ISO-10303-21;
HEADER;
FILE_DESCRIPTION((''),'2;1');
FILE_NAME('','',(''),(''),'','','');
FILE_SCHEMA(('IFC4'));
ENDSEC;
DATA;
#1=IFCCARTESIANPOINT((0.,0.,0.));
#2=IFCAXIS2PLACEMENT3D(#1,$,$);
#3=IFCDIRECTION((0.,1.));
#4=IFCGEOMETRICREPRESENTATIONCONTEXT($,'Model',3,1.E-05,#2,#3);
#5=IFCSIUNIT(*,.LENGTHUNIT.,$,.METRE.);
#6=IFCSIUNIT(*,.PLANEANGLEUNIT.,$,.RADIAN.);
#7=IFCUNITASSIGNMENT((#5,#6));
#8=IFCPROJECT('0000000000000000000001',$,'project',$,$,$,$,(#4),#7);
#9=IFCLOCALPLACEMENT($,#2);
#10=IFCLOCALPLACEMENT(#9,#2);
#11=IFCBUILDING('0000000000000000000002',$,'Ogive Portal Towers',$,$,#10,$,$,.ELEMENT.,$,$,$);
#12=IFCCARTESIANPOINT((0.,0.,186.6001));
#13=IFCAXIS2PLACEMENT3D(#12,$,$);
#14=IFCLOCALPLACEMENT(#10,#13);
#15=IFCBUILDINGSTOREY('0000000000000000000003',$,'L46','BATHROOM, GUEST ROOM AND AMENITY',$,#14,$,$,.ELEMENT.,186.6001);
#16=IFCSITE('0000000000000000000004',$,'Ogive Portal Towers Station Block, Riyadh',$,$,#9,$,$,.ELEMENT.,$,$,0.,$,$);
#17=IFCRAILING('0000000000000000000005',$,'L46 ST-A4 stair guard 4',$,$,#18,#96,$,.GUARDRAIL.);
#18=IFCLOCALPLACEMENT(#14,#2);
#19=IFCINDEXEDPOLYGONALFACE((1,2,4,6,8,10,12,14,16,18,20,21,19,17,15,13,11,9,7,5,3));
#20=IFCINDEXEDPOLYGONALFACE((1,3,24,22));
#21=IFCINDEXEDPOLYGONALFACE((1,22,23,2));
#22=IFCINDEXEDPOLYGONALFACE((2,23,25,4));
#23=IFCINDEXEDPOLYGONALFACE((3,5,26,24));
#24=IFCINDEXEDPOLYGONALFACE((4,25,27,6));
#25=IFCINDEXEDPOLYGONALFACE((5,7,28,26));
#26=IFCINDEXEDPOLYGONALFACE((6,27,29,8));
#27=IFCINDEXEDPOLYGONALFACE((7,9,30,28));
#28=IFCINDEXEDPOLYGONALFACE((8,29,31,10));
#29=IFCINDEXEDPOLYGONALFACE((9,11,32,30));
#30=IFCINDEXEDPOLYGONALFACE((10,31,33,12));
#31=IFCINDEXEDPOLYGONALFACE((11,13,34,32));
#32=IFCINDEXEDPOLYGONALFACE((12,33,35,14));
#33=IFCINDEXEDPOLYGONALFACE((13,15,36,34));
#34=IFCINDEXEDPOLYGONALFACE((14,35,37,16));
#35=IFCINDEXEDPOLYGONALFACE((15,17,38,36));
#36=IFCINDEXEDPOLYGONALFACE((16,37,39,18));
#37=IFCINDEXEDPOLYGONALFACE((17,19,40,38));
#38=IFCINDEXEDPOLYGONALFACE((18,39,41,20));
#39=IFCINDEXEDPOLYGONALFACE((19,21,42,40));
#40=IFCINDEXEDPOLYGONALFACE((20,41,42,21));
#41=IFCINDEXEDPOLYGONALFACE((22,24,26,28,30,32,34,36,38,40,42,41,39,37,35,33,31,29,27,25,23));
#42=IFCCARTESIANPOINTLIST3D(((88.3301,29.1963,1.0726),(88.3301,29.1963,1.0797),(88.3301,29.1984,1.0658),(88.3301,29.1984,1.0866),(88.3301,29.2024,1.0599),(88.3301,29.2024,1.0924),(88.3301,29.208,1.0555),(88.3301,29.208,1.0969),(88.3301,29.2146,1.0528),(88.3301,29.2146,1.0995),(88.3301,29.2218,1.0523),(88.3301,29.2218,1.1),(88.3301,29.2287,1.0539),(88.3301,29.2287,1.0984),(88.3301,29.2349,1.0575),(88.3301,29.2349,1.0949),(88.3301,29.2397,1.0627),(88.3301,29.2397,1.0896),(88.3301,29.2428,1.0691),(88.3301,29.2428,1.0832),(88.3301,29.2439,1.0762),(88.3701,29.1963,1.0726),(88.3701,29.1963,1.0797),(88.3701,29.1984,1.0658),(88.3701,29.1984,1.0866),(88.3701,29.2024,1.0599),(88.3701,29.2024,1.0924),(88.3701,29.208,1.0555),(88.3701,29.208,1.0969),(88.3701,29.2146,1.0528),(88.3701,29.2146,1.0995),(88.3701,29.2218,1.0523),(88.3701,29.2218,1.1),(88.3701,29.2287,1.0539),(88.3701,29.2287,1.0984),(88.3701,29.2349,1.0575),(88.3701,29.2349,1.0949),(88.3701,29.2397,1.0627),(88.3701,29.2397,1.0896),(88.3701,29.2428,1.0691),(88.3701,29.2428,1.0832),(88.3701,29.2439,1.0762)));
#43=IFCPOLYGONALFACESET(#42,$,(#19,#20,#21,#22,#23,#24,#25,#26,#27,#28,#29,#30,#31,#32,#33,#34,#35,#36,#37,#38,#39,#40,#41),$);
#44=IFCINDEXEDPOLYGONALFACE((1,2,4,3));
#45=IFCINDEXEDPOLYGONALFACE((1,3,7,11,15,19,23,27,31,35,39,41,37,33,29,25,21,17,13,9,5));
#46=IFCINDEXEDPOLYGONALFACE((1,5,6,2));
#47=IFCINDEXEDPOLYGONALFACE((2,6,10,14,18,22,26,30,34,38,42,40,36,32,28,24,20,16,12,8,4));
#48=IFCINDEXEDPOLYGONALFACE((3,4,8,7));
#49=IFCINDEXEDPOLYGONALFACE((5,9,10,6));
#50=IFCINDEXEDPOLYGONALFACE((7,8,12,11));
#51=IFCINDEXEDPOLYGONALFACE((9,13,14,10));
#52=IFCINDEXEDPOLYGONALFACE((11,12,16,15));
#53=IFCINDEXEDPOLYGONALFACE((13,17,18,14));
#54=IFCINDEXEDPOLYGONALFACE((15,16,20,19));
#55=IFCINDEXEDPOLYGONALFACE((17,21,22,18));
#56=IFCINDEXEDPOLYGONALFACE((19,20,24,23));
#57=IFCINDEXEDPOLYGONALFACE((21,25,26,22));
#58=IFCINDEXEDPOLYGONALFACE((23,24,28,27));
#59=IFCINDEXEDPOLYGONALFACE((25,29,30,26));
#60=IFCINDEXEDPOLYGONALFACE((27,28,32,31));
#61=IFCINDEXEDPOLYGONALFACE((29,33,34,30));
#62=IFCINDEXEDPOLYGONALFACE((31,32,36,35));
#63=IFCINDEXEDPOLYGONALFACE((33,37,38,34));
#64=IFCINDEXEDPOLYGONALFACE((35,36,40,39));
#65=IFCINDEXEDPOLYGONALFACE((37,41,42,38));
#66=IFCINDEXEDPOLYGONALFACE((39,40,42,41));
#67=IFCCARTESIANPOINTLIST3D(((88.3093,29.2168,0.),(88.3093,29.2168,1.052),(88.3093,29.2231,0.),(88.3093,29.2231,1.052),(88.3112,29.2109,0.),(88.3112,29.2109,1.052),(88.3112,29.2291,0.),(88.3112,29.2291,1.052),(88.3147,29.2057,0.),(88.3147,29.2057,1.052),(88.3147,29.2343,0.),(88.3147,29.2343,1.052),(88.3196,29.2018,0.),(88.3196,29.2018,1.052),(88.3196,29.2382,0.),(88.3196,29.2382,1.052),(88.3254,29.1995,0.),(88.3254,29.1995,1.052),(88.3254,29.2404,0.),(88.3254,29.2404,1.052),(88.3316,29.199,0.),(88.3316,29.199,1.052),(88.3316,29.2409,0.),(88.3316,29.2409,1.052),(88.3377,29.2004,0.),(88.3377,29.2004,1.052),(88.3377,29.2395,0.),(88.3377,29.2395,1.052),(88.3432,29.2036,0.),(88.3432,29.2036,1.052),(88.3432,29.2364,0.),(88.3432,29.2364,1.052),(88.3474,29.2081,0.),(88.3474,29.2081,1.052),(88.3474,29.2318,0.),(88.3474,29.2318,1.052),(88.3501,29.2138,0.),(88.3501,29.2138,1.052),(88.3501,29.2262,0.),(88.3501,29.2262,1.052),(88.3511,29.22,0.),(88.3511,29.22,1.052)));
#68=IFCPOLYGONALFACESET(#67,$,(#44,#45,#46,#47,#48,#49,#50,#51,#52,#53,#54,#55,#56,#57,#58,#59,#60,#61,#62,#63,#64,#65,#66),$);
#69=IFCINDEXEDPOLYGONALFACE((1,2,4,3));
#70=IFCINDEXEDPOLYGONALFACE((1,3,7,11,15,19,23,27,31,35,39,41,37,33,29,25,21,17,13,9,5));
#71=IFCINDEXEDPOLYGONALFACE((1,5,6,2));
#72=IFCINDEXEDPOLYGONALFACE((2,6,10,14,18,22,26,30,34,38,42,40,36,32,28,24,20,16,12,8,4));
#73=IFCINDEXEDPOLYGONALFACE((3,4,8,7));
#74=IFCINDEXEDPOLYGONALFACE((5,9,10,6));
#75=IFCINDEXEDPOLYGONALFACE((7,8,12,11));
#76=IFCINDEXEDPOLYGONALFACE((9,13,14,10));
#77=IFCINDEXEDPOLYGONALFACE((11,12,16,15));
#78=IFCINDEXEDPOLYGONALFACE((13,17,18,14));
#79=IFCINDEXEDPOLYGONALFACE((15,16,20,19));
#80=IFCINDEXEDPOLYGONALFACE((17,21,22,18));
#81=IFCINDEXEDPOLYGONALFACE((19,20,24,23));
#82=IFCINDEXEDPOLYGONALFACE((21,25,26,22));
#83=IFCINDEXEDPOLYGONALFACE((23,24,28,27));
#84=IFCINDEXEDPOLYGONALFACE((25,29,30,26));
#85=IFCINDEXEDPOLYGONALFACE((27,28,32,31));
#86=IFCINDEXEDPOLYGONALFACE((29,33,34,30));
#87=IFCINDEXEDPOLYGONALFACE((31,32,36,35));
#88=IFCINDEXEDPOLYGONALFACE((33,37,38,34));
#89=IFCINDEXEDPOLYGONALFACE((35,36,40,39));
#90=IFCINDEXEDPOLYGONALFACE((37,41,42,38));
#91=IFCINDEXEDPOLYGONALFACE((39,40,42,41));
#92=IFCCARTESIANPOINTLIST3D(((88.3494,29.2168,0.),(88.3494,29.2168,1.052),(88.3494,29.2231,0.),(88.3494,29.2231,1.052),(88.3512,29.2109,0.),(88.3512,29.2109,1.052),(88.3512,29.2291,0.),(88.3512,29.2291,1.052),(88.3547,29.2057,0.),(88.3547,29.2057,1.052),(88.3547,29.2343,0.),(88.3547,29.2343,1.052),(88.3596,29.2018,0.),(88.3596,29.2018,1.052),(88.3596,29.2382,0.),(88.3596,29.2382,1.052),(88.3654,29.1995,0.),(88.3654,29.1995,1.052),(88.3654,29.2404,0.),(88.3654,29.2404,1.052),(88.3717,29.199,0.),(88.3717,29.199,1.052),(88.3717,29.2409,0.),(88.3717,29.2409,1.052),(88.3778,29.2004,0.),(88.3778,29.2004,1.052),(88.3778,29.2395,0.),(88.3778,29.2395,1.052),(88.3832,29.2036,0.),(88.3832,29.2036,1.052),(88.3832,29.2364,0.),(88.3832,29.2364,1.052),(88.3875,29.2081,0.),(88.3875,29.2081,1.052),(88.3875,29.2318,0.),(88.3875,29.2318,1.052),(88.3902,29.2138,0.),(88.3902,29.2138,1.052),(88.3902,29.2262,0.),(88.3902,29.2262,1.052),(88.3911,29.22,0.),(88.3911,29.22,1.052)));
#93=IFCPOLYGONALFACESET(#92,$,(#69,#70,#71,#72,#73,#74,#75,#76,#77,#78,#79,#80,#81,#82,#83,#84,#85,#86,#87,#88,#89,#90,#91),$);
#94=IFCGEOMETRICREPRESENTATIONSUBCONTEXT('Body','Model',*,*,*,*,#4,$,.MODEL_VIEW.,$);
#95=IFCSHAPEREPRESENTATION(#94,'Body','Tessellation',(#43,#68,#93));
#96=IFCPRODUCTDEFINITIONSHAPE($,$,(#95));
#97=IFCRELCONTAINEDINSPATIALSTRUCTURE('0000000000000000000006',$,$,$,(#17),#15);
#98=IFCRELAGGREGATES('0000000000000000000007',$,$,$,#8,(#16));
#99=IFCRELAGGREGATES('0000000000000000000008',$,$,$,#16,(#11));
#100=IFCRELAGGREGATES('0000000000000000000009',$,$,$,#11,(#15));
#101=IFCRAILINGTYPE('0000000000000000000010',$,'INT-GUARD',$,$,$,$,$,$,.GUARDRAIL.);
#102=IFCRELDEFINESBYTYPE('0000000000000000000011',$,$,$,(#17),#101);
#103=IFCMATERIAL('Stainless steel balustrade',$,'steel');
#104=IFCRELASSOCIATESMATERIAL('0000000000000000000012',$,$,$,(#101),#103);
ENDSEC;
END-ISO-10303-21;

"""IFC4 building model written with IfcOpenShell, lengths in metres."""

from ifc_helpers import new_model, si_unit, direction, frame, origin, origin_2d, place, context, subcontext, project, spatial, circle, extrude, material, type_object, element, save


model = new_model("IFC4")

# Units and contexts
model_context = context("Model", 3, precision=1e-05, world=origin(), true_north=direction((0.0, 1.0)))
body_context = subcontext(model_context, "Body", "Model", "MODEL_VIEW")
ifc_project = project(units=[si_unit("LENGTHUNIT", "METRE"), si_unit("PLANEANGLEUNIT", "RADIAN")], contexts=[model_context])

# Site, building, storey
site_placement = place(None, origin())
site = spatial("IfcSite", under=ifc_project, at=site_placement, Name="Ogive Portal Towers Station Block, Riyadh", CompositionType="ELEMENT", RefElevation=0.0)
building_placement = place(site_placement, origin())
building = spatial("IfcBuilding", under=site, at=building_placement, Name="Ogive Portal Towers", CompositionType="ELEMENT")
storey_placement = place(building_placement, frame((0.0, 0.0, 186.6001)))
storey = spatial("IfcBuildingStorey", under=building, at=storey_placement, Name="L46", Description="BATHROOM, GUEST ROOM AND AMENITY", CompositionType="ELEMENT", Elevation=186.6001)

# Railing
ifc_material_1 = material(Name="Stainless steel balustrade", Category="steel")
railing_type_1 = type_object("IfcRailingType", Name="INT-GUARD", PredefinedType="GUARDRAIL", material=ifc_material_1)
railing_1_placement = place(storey_placement, frame((88.3301, 29.22, 0.0)))
element("IfcRailing", 1, at=railing_1_placement, inside=storey, type_object=railing_type_1, Name="L46 ST-A4 stair guard 4", PredefinedType="GUARDRAIL", context=body_context, shape_type="SweptSolid", body=[
    extrude(circle(Radius=0.0239, at=origin_2d()), frame((0.0, 0.0, 1.0762), z_axis=(1.0, 0.0, 0.0), x_axis=(0.0, 1.0, 0.0)), (0.0, 0.0, 1.0), 0.04),
    extrude(circle(Radius=0.021, at=origin_2d()), origin(), (0.0, 0.0, 1.0), 1.052),
    extrude(circle(Radius=0.021, at=origin_2d()), frame((0.04, 0.0, 0.0)), (0.0, 0.0, 1.0), 1.052),
])

save(model, "model.ifc")
